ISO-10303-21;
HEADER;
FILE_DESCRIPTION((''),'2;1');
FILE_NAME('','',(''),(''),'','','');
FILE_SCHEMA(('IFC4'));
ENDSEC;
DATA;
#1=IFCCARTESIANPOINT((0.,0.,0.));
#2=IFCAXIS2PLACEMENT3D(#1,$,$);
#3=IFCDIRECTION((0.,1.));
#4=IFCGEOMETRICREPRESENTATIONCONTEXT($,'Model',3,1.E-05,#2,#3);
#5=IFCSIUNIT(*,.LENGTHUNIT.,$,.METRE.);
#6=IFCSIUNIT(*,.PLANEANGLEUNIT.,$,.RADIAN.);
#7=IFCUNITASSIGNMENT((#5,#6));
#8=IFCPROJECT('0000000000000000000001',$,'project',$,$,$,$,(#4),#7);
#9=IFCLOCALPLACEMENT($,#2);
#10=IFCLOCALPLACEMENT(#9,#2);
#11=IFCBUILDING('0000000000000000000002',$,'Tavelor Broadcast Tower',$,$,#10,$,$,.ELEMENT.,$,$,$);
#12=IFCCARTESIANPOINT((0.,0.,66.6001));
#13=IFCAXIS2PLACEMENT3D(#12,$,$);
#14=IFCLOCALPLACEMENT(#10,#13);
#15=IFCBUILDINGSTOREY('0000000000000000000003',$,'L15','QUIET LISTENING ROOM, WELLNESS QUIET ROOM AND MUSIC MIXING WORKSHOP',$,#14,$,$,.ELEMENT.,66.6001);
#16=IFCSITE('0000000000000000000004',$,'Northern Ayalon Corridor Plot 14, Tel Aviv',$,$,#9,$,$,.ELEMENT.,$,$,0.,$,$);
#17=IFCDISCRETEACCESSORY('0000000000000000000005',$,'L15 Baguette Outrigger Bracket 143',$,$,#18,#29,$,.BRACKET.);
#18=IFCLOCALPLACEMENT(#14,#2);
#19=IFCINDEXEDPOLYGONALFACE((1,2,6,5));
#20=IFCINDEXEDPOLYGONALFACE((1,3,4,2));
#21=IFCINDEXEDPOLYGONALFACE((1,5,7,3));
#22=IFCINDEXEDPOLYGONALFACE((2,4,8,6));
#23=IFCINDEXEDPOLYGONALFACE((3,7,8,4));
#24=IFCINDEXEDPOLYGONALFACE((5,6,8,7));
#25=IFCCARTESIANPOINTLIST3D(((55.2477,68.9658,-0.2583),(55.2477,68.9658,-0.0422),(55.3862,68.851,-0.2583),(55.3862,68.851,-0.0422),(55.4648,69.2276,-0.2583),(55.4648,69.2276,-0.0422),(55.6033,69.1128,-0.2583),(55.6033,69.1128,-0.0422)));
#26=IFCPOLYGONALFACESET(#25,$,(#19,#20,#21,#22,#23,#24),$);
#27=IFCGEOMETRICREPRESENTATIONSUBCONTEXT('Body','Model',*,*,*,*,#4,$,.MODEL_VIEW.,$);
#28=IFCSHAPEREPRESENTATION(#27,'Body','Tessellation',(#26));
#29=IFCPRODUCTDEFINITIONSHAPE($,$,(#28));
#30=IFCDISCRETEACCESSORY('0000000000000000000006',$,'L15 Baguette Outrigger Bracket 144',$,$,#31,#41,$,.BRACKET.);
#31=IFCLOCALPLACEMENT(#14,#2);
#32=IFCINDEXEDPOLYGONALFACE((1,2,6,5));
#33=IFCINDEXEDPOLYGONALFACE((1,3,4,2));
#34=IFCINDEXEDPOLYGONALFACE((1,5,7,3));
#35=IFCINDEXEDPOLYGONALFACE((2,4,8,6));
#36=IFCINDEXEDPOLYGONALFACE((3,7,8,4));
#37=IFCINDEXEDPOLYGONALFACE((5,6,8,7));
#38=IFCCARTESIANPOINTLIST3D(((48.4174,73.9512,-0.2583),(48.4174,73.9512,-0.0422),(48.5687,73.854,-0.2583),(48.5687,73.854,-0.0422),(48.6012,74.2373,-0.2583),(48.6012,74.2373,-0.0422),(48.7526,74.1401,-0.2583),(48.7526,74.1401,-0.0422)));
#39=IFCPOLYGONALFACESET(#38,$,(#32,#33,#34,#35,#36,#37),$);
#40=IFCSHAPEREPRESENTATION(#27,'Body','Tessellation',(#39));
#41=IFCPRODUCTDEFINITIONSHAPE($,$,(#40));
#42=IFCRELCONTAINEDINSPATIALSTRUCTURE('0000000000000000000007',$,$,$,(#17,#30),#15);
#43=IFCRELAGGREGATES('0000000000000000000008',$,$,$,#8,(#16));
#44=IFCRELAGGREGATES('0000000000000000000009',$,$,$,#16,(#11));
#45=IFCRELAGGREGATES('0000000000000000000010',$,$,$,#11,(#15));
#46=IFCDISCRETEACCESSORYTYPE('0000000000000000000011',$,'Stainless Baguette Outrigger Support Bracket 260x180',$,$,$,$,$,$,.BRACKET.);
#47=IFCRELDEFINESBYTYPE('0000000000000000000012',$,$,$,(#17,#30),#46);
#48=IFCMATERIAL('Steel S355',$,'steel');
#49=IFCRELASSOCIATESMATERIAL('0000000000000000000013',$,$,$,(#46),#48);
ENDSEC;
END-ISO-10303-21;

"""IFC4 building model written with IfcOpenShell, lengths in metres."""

from ifc_helpers import new_model, si_unit, direction, frame, origin, origin_2d, place, context, subcontext, project, spatial, rectangle, extrude, source, transform, mapped, material, type_object, type_shapes, element, save


model = new_model("IFC4")

# Units and contexts
model_context = context("Model", 3, precision=1e-05, world=origin(), true_north=direction((0.0, 1.0)))
body_context = subcontext(model_context, "Body", "Model", "MODEL_VIEW")
ifc_project = project(units=[si_unit("LENGTHUNIT", "METRE"), si_unit("PLANEANGLEUNIT", "RADIAN")], contexts=[model_context])

# Site, building, storey
site_placement = place(None, origin())
site = spatial("IfcSite", under=ifc_project, at=site_placement, Name="Northern Ayalon Corridor Plot 14, Tel Aviv", CompositionType="ELEMENT", RefElevation=0.0)
building_placement = place(site_placement, origin())
building = spatial("IfcBuilding", under=site, at=building_placement, Name="Tavelor Broadcast Tower", CompositionType="ELEMENT")
storey_placement = place(building_placement, frame((0.0, 0.0, 66.6001)))
storey = spatial("IfcBuildingStorey", under=building, at=storey_placement, Name="L15", Description="QUIET LISTENING ROOM, WELLNESS QUIET ROOM AND MUSIC MIXING WORKSHOP", CompositionType="ELEMENT", Elevation=66.6001)

# Shared definitions
ifc_material_1 = material(Name="Steel S355", Category="steel")

# Discrete accessories
discrete_accessory_type = type_object("IfcDiscreteAccessoryType", Name="Stainless Baguette Outrigger Support Bracket 260x180", PredefinedType="BRACKET", material=ifc_material_1)
shared_shape_1 = source(origin(), body_context, "Body", "SweptSolid", [
    extrude(rectangle(XDim=0.1799, YDim=0.3401, at=origin_2d()), origin(), (0.0, 0.0, 1.0), 0.2161),
])
type_shapes(discrete_accessory_type, [shared_shape_1])
for number, where, z_axis, x_axis, name in (
    (1, (55.4255, 69.0393, -0.2583), (0.0, 0.0, 1.0), (-0.769734, 0.638365, 0.0), "L15 Baguette Outrigger Bracket 143"),
    (2, (48.585, 74.0457, -0.2583), (0.0, 0.0, 1.0), (-0.841322, 0.540534, 0.0), "L15 Baguette Outrigger Bracket 144"),
):
    element("IfcDiscreteAccessory", number, at=place(storey_placement, frame(where, z_axis=z_axis, x_axis=x_axis)), inside=storey, type_object=discrete_accessory_type, Name=name, PredefinedType="BRACKET", context=body_context, shape_type="MappedRepresentation", body=[
        mapped(shared_shape_1, transform((0.0, 0.0, 0.0), scale=1.0)),
    ])

save(model, "model.ifc")
